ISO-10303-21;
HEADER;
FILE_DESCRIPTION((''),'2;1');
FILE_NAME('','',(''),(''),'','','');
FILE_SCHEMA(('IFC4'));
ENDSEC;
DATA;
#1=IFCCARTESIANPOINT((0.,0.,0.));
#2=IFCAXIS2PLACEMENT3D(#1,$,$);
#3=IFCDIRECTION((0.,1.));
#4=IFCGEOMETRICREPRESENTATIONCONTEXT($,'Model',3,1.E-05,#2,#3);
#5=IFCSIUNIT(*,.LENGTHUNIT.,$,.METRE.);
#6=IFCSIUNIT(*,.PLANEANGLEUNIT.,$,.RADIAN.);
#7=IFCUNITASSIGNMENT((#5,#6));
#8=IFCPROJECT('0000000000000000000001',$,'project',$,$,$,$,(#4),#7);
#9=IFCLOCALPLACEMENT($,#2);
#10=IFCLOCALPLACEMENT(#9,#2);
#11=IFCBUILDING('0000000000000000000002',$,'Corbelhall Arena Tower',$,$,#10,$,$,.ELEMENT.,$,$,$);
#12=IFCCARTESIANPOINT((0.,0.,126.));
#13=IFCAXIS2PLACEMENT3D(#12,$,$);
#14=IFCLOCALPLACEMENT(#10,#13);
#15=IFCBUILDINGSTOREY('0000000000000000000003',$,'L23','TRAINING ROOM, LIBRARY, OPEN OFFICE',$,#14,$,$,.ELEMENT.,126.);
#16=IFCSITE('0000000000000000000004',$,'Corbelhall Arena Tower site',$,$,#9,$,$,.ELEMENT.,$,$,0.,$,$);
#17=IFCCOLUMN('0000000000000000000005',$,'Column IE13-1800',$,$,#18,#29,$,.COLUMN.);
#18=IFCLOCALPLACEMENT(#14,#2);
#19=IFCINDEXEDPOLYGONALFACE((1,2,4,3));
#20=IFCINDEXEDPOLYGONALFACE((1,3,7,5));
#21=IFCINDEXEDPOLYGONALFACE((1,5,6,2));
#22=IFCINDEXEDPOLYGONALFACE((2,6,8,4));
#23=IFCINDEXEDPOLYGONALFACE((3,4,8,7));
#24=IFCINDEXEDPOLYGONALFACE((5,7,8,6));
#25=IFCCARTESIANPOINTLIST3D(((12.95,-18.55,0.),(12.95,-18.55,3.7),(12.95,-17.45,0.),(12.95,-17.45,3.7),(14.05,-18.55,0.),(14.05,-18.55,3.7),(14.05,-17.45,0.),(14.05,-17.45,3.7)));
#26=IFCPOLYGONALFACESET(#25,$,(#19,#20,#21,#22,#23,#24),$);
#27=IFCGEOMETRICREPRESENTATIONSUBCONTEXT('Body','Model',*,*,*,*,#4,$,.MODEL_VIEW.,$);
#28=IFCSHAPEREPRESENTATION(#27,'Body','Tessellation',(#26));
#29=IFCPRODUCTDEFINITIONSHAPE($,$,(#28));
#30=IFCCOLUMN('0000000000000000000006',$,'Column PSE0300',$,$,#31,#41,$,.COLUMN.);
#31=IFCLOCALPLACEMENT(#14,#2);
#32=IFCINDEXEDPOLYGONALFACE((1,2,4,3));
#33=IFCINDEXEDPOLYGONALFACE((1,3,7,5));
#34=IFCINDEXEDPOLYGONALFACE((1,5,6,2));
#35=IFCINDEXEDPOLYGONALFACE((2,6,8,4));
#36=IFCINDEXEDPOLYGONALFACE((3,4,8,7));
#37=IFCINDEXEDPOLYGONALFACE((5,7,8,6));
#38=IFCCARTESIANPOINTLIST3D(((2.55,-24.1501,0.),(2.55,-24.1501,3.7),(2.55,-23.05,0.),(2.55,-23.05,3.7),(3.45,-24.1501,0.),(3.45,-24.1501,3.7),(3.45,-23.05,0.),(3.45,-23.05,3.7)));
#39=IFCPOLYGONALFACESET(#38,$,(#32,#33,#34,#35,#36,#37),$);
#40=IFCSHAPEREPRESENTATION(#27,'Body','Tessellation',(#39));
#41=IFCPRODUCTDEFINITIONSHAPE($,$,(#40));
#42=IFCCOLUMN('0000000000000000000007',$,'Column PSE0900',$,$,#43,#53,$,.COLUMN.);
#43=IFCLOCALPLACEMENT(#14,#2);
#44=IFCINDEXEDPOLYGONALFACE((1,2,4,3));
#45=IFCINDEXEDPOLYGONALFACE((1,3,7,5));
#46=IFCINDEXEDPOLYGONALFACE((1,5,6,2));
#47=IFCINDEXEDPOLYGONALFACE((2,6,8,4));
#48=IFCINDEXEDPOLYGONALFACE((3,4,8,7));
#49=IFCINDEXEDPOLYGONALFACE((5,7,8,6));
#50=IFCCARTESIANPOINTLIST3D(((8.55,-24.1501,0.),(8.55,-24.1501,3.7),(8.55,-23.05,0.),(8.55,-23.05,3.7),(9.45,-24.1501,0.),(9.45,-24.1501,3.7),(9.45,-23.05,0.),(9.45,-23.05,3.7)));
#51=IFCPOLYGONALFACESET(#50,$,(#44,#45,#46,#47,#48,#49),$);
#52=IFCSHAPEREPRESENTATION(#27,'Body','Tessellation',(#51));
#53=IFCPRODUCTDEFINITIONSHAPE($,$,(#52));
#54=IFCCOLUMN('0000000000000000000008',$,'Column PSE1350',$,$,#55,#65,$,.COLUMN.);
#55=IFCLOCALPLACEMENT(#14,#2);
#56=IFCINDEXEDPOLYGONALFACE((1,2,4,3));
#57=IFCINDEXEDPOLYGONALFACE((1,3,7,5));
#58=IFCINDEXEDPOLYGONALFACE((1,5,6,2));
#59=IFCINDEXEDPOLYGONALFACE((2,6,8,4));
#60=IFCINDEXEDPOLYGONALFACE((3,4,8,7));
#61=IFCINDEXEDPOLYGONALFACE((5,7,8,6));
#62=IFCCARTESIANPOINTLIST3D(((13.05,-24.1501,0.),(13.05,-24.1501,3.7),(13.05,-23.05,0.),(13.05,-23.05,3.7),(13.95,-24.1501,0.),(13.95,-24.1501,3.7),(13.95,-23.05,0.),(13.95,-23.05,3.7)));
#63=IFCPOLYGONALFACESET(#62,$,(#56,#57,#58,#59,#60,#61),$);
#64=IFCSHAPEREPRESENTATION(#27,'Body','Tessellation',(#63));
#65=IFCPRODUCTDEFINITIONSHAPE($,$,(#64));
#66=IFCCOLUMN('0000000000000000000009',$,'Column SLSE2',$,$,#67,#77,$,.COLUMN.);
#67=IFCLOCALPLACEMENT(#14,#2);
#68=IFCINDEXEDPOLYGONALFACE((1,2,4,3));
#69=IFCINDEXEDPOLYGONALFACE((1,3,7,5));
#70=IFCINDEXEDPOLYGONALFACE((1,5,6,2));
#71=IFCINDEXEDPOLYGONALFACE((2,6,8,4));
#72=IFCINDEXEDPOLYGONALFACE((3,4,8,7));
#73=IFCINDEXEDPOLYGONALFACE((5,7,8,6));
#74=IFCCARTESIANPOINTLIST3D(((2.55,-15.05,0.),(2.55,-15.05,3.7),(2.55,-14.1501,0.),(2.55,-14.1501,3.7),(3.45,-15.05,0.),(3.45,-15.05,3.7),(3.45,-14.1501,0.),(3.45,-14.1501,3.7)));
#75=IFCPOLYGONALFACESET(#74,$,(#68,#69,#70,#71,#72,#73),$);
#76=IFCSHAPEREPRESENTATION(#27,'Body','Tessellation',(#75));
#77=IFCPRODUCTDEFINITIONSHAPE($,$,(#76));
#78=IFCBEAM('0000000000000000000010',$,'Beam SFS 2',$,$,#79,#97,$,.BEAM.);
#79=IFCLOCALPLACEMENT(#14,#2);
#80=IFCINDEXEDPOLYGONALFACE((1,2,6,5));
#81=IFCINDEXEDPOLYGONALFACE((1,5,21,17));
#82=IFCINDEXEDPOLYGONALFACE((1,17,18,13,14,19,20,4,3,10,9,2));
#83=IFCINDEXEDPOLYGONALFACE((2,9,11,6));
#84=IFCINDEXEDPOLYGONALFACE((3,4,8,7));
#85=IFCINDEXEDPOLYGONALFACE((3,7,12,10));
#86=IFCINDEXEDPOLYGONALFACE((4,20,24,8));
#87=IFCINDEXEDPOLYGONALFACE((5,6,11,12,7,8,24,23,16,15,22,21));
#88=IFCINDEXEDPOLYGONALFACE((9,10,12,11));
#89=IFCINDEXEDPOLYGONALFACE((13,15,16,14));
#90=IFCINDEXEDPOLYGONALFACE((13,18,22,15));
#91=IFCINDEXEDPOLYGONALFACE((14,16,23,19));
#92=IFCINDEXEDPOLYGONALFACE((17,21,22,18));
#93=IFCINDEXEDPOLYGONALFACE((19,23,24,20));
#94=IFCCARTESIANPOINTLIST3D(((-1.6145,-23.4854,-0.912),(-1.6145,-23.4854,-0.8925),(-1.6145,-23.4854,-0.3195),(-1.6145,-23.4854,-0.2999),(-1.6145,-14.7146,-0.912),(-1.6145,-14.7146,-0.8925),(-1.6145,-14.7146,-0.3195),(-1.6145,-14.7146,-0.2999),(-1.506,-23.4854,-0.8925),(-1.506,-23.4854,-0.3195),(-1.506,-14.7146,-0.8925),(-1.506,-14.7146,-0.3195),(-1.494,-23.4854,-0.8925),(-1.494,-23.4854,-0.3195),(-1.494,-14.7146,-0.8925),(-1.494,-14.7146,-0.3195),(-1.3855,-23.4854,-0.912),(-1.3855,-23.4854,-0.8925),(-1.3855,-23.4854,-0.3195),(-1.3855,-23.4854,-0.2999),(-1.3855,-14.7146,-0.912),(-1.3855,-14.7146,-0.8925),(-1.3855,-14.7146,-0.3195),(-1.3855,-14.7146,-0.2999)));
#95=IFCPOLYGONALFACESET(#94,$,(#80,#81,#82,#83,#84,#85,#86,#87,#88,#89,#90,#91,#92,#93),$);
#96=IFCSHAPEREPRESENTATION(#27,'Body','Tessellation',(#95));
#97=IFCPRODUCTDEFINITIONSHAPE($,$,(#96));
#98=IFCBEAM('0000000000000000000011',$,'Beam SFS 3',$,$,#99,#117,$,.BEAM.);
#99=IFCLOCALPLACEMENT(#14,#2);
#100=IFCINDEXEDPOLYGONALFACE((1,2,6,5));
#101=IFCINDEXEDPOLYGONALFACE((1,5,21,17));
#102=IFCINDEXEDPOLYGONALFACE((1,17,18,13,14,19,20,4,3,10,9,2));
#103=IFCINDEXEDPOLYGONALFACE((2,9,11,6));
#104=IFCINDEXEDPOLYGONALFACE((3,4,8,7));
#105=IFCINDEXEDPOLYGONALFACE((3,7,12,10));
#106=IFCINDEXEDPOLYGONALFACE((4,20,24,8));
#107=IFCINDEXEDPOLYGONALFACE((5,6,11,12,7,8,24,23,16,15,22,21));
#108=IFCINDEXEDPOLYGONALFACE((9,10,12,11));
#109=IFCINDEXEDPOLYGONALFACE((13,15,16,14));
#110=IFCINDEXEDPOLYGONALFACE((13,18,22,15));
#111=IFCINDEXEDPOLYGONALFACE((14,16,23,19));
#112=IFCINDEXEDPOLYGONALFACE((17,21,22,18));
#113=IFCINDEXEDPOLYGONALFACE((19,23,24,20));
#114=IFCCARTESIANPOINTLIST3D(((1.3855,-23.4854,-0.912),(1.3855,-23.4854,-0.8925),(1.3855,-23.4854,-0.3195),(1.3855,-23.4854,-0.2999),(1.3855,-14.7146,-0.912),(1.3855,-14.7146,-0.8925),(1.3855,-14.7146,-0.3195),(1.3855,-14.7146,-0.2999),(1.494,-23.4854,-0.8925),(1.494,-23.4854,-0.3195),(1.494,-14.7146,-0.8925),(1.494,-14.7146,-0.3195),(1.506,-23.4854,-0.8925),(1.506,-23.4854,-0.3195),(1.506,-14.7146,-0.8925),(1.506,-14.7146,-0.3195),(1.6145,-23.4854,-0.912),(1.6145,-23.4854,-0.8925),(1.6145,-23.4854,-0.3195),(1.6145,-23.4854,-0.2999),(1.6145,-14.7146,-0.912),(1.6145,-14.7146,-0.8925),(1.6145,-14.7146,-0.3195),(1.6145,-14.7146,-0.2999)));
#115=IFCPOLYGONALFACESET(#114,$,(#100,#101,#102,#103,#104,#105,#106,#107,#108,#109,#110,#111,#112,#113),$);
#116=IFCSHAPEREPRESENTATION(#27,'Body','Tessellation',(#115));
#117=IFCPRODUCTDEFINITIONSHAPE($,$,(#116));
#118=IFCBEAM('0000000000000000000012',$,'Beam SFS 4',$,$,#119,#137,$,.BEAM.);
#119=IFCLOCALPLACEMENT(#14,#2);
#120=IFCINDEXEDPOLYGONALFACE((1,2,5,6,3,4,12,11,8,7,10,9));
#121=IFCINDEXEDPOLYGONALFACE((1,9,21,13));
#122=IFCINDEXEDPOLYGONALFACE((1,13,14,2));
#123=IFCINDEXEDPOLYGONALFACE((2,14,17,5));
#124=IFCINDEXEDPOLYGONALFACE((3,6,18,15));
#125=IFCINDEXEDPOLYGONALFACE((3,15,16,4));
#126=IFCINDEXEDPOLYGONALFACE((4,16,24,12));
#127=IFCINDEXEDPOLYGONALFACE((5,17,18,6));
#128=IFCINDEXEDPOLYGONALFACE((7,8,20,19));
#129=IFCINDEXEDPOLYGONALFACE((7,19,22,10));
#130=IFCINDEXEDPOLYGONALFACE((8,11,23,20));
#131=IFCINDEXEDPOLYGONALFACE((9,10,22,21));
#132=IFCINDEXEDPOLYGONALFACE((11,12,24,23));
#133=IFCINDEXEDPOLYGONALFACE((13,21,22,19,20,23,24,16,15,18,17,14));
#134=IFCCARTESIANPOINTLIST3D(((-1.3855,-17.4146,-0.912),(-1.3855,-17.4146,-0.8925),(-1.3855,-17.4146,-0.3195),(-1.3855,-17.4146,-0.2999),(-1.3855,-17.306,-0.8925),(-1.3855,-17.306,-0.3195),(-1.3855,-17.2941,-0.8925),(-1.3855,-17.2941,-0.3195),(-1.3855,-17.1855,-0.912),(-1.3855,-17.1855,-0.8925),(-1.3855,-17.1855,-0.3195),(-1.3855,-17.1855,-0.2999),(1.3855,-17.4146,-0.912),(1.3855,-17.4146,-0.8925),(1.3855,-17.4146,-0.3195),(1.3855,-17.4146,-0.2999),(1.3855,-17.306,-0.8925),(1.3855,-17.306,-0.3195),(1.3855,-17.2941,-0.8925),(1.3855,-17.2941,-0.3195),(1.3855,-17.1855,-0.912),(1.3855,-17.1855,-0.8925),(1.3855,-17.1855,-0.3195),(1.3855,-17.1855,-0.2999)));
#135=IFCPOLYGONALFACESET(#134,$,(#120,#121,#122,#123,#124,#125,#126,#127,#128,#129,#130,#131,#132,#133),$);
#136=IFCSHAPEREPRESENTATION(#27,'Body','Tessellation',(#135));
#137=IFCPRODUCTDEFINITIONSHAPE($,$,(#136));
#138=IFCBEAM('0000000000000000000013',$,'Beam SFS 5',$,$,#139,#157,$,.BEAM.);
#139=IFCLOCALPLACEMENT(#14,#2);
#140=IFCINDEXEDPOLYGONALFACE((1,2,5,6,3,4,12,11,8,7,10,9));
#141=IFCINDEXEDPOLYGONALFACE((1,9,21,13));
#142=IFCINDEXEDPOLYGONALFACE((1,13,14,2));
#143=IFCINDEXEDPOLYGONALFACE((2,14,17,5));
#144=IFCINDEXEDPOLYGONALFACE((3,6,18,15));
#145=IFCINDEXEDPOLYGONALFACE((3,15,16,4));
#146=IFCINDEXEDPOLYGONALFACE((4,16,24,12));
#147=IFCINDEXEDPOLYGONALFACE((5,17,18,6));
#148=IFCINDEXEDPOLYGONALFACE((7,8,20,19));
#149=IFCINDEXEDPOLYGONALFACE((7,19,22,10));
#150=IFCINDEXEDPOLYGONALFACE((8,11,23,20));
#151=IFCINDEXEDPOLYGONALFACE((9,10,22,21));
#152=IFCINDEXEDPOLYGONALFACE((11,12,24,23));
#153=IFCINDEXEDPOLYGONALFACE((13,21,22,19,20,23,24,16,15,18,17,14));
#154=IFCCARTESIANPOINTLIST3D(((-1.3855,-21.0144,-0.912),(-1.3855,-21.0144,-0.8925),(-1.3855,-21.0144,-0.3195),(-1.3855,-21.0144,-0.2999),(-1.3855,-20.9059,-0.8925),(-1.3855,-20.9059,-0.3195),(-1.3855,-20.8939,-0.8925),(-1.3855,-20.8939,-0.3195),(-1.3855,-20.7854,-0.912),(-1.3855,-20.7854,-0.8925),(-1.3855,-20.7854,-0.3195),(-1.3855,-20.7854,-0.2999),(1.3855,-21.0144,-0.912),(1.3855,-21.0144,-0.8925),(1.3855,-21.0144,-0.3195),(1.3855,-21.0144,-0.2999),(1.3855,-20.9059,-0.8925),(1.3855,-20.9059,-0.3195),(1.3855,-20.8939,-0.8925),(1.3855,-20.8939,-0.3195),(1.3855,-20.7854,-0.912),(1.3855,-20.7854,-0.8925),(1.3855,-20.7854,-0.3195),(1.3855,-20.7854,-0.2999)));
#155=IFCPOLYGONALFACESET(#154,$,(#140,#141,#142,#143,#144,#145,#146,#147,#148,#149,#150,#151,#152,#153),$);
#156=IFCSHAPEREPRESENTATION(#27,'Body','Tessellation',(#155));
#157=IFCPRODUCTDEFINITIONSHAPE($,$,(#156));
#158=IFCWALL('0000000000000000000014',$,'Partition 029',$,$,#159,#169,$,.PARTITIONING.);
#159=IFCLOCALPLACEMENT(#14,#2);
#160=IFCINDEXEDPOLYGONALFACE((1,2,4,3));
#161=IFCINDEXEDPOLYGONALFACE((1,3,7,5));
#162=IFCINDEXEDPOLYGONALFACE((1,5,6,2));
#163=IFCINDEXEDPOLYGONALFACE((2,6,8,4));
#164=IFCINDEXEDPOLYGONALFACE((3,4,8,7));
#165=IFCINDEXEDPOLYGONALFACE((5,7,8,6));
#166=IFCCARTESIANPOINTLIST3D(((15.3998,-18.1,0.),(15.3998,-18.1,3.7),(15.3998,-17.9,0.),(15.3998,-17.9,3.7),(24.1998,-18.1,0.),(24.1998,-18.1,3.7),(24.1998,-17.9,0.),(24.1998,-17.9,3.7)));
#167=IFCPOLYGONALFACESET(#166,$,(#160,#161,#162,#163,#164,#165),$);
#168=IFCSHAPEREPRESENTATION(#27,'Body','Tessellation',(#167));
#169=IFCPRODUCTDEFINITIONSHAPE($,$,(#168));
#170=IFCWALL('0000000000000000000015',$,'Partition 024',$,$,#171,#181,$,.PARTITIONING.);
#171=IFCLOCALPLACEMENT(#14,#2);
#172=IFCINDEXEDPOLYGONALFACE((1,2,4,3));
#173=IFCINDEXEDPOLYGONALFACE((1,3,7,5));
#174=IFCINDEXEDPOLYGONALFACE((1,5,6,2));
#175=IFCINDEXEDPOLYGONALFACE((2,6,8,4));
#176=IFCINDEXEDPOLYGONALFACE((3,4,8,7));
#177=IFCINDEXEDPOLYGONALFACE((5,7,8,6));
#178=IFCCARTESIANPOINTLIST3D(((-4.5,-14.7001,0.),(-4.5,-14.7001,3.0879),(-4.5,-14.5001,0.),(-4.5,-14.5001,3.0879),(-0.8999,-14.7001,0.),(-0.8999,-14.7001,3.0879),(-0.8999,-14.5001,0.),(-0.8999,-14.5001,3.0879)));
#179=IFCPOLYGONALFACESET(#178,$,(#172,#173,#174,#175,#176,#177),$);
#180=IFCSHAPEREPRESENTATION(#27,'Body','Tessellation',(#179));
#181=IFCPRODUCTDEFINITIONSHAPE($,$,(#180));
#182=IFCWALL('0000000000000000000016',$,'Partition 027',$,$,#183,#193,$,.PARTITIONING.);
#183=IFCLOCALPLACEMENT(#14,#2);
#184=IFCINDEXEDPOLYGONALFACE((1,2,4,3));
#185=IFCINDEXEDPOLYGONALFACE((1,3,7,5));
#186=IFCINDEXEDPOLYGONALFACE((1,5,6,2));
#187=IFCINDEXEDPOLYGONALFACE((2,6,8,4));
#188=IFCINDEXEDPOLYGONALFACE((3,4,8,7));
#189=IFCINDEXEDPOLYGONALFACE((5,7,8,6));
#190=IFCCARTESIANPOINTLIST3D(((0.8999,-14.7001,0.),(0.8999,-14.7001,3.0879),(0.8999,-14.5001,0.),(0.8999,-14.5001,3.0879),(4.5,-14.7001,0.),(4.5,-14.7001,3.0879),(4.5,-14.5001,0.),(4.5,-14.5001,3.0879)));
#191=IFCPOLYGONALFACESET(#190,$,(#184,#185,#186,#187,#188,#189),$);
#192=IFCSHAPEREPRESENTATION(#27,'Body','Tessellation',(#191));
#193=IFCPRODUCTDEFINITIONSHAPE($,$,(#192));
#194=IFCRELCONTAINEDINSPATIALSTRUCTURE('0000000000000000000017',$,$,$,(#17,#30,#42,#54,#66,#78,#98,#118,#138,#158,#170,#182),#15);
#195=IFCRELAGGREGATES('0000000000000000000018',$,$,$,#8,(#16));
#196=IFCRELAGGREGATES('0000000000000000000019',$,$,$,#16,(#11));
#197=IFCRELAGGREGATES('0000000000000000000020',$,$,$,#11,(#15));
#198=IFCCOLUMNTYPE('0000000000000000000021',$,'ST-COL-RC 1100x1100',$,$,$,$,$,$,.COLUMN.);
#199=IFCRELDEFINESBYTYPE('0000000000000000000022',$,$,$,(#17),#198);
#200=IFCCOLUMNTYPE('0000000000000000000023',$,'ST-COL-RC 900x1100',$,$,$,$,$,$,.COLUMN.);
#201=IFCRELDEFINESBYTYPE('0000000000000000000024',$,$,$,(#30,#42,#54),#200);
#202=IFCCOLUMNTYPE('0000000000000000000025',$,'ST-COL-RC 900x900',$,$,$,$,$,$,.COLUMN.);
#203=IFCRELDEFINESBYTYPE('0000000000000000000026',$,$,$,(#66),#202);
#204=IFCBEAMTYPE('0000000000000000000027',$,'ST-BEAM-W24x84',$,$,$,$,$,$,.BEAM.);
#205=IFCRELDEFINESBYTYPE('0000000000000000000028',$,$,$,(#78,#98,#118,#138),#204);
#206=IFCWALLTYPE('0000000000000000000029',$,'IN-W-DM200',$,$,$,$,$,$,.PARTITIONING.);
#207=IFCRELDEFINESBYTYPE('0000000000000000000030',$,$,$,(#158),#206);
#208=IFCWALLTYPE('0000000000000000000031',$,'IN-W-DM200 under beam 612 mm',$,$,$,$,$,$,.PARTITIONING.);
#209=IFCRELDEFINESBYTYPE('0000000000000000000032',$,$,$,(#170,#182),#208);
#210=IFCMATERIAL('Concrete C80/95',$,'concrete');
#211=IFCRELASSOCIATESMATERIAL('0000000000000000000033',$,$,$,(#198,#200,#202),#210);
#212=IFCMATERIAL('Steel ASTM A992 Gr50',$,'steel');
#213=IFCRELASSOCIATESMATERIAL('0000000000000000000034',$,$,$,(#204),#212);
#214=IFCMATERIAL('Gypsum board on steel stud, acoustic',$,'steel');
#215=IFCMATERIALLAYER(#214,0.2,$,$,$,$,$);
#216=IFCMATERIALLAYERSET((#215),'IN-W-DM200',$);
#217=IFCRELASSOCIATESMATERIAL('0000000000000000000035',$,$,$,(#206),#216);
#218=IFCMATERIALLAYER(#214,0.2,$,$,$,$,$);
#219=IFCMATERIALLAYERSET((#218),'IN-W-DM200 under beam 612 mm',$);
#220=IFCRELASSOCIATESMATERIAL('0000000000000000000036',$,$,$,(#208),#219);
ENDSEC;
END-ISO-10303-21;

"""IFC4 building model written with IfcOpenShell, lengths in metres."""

from ifc_helpers import new_model, si_unit, direction, frame, frame_2d, origin, origin_2d, place, context, subcontext, project, spatial, rectangle, i_section, extrude, material, layer, layer_set, material_profile, profile_set, type_object, element, save


model = new_model("IFC4")

# Units and contexts
model_context = context("Model", 3, precision=1e-05, world=origin(), true_north=direction((0.0, 1.0)))
body_context = subcontext(model_context, "Body", "Model", "MODEL_VIEW")
ifc_project = project(units=[si_unit("LENGTHUNIT", "METRE"), si_unit("PLANEANGLEUNIT", "RADIAN")], contexts=[model_context])

# Site, building, storey
site_placement = place(None, origin())
site = spatial("IfcSite", under=ifc_project, at=site_placement, Name="Corbelhall Arena Tower site", CompositionType="ELEMENT", RefElevation=0.0)
building_placement = place(site_placement, origin())
building = spatial("IfcBuilding", under=site, at=building_placement, Name="Corbelhall Arena Tower", CompositionType="ELEMENT")
storey_placement = place(building_placement, frame((0.0, 0.0, 126.0)))
storey = spatial("IfcBuildingStorey", under=building, at=storey_placement, Name="L23", Description="TRAINING ROOM, LIBRARY, OPEN OFFICE", CompositionType="ELEMENT", Elevation=126.0)

# Columns
ifc_material_1 = material(Name="Concrete C80/95", Category="concrete")
ifc_material_profile_1 = material_profile(ifc_material_1, rectangle(XDim=1.1001, YDim=1.1001, at=origin_2d()))
ifc_profile_set_1 = profile_set([ifc_material_profile_1], Name="Concrete C80/95")
column_type_1 = type_object("IfcColumnType", Name="ST-COL-RC 1100x1100", PredefinedType="COLUMN", material=ifc_profile_set_1)
column_1_placement = place(storey_placement, frame((13.5, -18.0, 0.0), z_axis=(0.0, 0.0, 1.0), x_axis=(1.0, 0.0, 0.0)))
element("IfcColumn", 1, at=column_1_placement, inside=storey, type_object=column_type_1, Name="Column IE13-1800", PredefinedType="COLUMN", context=body_context, shape_type="SweptSolid", body=[
    extrude(rectangle(XDim=1.1001, YDim=1.1001, at=origin_2d()), origin(), (0.0, 0.0, 1.0), 3.7),
])
ifc_material_profile_2 = material_profile(ifc_material_1, rectangle(XDim=0.8999, YDim=1.1001, at=origin_2d()))
ifc_profile_set_2 = profile_set([ifc_material_profile_2], Name="Concrete C80/95")
column_type_2 = type_object("IfcColumnType", Name="ST-COL-RC 900x1100", PredefinedType="COLUMN", material=ifc_profile_set_2)
for number, where, z_axis, x_axis, name in (
    (2, (3.0, -23.6001, 0.0), (0.0, 0.0, 1.0), (1.0, 0.0, 0.0), "Column PSE0300"),
    (3, (9.0, -23.6001, 0.0), (0.0, 0.0, 1.0), (1.0, 0.0, 0.0), "Column PSE0900"),
    (4, (13.5, -23.6001, 0.0), (0.0, 0.0, 1.0), (1.0, 0.0, 0.0), "Column PSE1350"),
):
    element("IfcColumn", number, at=place(storey_placement, frame(where, z_axis=z_axis, x_axis=x_axis)), inside=storey, type_object=column_type_2, Name=name, PredefinedType="COLUMN", context=body_context, shape_type="SweptSolid", body=[
        extrude(rectangle(XDim=0.8999, YDim=1.1001, at=origin_2d()), origin(), (0.0, 0.0, 1.0), 3.7),
    ])
ifc_material_profile_3 = material_profile(ifc_material_1, rectangle(XDim=0.8999, YDim=0.8999, at=origin_2d()))
ifc_profile_set_3 = profile_set([ifc_material_profile_3], Name="Concrete C80/95")
column_type_3 = type_object("IfcColumnType", Name="ST-COL-RC 900x900", PredefinedType="COLUMN", material=ifc_profile_set_3)
column_2_placement = place(storey_placement, frame((3.0, -14.6001, 0.0), z_axis=(0.0, 0.0, 1.0), x_axis=(1.0, 0.0, 0.0)))
element("IfcColumn", 5, at=column_2_placement, inside=storey, type_object=column_type_3, Name="Column SLSE2", PredefinedType="COLUMN", context=body_context, shape_type="SweptSolid", body=[
    extrude(rectangle(XDim=0.8999, YDim=0.8999, at=origin_2d()), origin(), (0.0, 0.0, 1.0), 3.7),
])

# Beams
ifc_material_2 = material(Name="Steel ASTM A992 Gr50", Category="steel")
ifc_material_profile_4 = material_profile(ifc_material_2, i_section(OverallWidth=0.229, OverallDepth=0.6121, WebThickness=0.012, FlangeThickness=0.0195, at=origin_2d()))
ifc_profile_set_4 = profile_set([ifc_material_profile_4], Name="Steel ASTM A992 Gr50")
beam_type = type_object("IfcBeamType", Name="ST-BEAM-W24x84", PredefinedType="BEAM", material=ifc_profile_set_4)
for number, where, z_axis, x_axis, name in (
    (6, (-1.5, -14.7146, -0.606), (0.0, -1.0, 0.0), (1.0, 0.0, 0.0), "Beam SFS 2"),
    (7, (1.5, -14.7146, -0.606), (0.0, -1.0, 0.0), (1.0, 0.0, 0.0), "Beam SFS 3"),
):
    element("IfcBeam", number, at=place(storey_placement, frame(where, z_axis=z_axis, x_axis=x_axis)), inside=storey, type_object=beam_type, Name=name, PredefinedType="BEAM", context=body_context, shape_type="SweptSolid", body=[
        extrude(i_section(OverallWidth=0.229, OverallDepth=0.6121, WebThickness=0.012, FlangeThickness=0.0195, at=origin_2d()), origin(), (0.0, 0.0, 1.0), 8.7708),
    ])
for number, where, z_axis, x_axis, name in (
    (8, (-1.3855, -17.3, -0.606), (1.0, 0.0, 0.0), (0.0, 1.0, 0.0), "Beam SFS 4"),
    (9, (-1.3855, -20.8999, -0.606), (1.0, 0.0, 0.0), (0.0, 1.0, 0.0), "Beam SFS 5"),
):
    element("IfcBeam", number, at=place(storey_placement, frame(where, z_axis=z_axis, x_axis=x_axis)), inside=storey, type_object=beam_type, Name=name, PredefinedType="BEAM", context=body_context, shape_type="SweptSolid", body=[
        extrude(i_section(OverallWidth=0.229, OverallDepth=0.6121, WebThickness=0.012, FlangeThickness=0.0195, at=origin_2d()), origin(), (0.0, 0.0, 1.0), 2.771),
    ])

# Shared definitions
ifc_material_3 = material(Name="Gypsum board on steel stud, acoustic", Category="steel")
ifc_layer_1 = layer(ifc_material_3, 0.2)
ifc_layer_set_1 = layer_set([ifc_layer_1], Name="IN-W-DM200")
wall_type_1 = type_object("IfcWallType", Name="IN-W-DM200", PredefinedType="PARTITIONING", material=ifc_layer_set_1)

# Walls
wall_1_placement = place(storey_placement, frame((15.3999, -18.0, 0.0), z_axis=(0.0, 0.0, 1.0), x_axis=(1.0, 0.0, 0.0)))
element("IfcWall", 10, at=wall_1_placement, inside=storey, type_object=wall_type_1, Name="Partition 029", PredefinedType="PARTITIONING", context=body_context, shape_type="SweptSolid", body=[
    extrude(rectangle(XDim=8.8, YDim=0.2, at=frame_2d((4.3999, 0.0))), origin(), (0.0, 0.0, 1.0), 3.7),
])
ifc_layer_2 = layer(ifc_material_3, 0.2)
ifc_layer_set_2 = layer_set([ifc_layer_2], Name="IN-W-DM200 under beam 612 mm")
wall_type_2 = type_object("IfcWallType", Name="IN-W-DM200 under beam 612 mm", PredefinedType="PARTITIONING", material=ifc_layer_set_2)
for number, where, z_axis, x_axis, name in (
    (11, (-0.8999, -14.6001, 0.0), (0.0, 0.0, 1.0), (-1.0, 0.0, 0.0), "Partition 024"),
    (12, (4.5, -14.6001, 0.0), (0.0, 0.0, 1.0), (-1.0, 0.0, 0.0), "Partition 027"),
):
    element("IfcWall", number, at=place(storey_placement, frame(where, z_axis=z_axis, x_axis=x_axis)), inside=storey, type_object=wall_type_2, Name=name, PredefinedType="PARTITIONING", context=body_context, shape_type="SweptSolid", body=[
        extrude(rectangle(XDim=3.6001, YDim=0.2, at=frame_2d((1.8, 0.0))), origin(), (0.0, 0.0, 1.0), 3.0879),
    ])

save(model, "model.ifc")
